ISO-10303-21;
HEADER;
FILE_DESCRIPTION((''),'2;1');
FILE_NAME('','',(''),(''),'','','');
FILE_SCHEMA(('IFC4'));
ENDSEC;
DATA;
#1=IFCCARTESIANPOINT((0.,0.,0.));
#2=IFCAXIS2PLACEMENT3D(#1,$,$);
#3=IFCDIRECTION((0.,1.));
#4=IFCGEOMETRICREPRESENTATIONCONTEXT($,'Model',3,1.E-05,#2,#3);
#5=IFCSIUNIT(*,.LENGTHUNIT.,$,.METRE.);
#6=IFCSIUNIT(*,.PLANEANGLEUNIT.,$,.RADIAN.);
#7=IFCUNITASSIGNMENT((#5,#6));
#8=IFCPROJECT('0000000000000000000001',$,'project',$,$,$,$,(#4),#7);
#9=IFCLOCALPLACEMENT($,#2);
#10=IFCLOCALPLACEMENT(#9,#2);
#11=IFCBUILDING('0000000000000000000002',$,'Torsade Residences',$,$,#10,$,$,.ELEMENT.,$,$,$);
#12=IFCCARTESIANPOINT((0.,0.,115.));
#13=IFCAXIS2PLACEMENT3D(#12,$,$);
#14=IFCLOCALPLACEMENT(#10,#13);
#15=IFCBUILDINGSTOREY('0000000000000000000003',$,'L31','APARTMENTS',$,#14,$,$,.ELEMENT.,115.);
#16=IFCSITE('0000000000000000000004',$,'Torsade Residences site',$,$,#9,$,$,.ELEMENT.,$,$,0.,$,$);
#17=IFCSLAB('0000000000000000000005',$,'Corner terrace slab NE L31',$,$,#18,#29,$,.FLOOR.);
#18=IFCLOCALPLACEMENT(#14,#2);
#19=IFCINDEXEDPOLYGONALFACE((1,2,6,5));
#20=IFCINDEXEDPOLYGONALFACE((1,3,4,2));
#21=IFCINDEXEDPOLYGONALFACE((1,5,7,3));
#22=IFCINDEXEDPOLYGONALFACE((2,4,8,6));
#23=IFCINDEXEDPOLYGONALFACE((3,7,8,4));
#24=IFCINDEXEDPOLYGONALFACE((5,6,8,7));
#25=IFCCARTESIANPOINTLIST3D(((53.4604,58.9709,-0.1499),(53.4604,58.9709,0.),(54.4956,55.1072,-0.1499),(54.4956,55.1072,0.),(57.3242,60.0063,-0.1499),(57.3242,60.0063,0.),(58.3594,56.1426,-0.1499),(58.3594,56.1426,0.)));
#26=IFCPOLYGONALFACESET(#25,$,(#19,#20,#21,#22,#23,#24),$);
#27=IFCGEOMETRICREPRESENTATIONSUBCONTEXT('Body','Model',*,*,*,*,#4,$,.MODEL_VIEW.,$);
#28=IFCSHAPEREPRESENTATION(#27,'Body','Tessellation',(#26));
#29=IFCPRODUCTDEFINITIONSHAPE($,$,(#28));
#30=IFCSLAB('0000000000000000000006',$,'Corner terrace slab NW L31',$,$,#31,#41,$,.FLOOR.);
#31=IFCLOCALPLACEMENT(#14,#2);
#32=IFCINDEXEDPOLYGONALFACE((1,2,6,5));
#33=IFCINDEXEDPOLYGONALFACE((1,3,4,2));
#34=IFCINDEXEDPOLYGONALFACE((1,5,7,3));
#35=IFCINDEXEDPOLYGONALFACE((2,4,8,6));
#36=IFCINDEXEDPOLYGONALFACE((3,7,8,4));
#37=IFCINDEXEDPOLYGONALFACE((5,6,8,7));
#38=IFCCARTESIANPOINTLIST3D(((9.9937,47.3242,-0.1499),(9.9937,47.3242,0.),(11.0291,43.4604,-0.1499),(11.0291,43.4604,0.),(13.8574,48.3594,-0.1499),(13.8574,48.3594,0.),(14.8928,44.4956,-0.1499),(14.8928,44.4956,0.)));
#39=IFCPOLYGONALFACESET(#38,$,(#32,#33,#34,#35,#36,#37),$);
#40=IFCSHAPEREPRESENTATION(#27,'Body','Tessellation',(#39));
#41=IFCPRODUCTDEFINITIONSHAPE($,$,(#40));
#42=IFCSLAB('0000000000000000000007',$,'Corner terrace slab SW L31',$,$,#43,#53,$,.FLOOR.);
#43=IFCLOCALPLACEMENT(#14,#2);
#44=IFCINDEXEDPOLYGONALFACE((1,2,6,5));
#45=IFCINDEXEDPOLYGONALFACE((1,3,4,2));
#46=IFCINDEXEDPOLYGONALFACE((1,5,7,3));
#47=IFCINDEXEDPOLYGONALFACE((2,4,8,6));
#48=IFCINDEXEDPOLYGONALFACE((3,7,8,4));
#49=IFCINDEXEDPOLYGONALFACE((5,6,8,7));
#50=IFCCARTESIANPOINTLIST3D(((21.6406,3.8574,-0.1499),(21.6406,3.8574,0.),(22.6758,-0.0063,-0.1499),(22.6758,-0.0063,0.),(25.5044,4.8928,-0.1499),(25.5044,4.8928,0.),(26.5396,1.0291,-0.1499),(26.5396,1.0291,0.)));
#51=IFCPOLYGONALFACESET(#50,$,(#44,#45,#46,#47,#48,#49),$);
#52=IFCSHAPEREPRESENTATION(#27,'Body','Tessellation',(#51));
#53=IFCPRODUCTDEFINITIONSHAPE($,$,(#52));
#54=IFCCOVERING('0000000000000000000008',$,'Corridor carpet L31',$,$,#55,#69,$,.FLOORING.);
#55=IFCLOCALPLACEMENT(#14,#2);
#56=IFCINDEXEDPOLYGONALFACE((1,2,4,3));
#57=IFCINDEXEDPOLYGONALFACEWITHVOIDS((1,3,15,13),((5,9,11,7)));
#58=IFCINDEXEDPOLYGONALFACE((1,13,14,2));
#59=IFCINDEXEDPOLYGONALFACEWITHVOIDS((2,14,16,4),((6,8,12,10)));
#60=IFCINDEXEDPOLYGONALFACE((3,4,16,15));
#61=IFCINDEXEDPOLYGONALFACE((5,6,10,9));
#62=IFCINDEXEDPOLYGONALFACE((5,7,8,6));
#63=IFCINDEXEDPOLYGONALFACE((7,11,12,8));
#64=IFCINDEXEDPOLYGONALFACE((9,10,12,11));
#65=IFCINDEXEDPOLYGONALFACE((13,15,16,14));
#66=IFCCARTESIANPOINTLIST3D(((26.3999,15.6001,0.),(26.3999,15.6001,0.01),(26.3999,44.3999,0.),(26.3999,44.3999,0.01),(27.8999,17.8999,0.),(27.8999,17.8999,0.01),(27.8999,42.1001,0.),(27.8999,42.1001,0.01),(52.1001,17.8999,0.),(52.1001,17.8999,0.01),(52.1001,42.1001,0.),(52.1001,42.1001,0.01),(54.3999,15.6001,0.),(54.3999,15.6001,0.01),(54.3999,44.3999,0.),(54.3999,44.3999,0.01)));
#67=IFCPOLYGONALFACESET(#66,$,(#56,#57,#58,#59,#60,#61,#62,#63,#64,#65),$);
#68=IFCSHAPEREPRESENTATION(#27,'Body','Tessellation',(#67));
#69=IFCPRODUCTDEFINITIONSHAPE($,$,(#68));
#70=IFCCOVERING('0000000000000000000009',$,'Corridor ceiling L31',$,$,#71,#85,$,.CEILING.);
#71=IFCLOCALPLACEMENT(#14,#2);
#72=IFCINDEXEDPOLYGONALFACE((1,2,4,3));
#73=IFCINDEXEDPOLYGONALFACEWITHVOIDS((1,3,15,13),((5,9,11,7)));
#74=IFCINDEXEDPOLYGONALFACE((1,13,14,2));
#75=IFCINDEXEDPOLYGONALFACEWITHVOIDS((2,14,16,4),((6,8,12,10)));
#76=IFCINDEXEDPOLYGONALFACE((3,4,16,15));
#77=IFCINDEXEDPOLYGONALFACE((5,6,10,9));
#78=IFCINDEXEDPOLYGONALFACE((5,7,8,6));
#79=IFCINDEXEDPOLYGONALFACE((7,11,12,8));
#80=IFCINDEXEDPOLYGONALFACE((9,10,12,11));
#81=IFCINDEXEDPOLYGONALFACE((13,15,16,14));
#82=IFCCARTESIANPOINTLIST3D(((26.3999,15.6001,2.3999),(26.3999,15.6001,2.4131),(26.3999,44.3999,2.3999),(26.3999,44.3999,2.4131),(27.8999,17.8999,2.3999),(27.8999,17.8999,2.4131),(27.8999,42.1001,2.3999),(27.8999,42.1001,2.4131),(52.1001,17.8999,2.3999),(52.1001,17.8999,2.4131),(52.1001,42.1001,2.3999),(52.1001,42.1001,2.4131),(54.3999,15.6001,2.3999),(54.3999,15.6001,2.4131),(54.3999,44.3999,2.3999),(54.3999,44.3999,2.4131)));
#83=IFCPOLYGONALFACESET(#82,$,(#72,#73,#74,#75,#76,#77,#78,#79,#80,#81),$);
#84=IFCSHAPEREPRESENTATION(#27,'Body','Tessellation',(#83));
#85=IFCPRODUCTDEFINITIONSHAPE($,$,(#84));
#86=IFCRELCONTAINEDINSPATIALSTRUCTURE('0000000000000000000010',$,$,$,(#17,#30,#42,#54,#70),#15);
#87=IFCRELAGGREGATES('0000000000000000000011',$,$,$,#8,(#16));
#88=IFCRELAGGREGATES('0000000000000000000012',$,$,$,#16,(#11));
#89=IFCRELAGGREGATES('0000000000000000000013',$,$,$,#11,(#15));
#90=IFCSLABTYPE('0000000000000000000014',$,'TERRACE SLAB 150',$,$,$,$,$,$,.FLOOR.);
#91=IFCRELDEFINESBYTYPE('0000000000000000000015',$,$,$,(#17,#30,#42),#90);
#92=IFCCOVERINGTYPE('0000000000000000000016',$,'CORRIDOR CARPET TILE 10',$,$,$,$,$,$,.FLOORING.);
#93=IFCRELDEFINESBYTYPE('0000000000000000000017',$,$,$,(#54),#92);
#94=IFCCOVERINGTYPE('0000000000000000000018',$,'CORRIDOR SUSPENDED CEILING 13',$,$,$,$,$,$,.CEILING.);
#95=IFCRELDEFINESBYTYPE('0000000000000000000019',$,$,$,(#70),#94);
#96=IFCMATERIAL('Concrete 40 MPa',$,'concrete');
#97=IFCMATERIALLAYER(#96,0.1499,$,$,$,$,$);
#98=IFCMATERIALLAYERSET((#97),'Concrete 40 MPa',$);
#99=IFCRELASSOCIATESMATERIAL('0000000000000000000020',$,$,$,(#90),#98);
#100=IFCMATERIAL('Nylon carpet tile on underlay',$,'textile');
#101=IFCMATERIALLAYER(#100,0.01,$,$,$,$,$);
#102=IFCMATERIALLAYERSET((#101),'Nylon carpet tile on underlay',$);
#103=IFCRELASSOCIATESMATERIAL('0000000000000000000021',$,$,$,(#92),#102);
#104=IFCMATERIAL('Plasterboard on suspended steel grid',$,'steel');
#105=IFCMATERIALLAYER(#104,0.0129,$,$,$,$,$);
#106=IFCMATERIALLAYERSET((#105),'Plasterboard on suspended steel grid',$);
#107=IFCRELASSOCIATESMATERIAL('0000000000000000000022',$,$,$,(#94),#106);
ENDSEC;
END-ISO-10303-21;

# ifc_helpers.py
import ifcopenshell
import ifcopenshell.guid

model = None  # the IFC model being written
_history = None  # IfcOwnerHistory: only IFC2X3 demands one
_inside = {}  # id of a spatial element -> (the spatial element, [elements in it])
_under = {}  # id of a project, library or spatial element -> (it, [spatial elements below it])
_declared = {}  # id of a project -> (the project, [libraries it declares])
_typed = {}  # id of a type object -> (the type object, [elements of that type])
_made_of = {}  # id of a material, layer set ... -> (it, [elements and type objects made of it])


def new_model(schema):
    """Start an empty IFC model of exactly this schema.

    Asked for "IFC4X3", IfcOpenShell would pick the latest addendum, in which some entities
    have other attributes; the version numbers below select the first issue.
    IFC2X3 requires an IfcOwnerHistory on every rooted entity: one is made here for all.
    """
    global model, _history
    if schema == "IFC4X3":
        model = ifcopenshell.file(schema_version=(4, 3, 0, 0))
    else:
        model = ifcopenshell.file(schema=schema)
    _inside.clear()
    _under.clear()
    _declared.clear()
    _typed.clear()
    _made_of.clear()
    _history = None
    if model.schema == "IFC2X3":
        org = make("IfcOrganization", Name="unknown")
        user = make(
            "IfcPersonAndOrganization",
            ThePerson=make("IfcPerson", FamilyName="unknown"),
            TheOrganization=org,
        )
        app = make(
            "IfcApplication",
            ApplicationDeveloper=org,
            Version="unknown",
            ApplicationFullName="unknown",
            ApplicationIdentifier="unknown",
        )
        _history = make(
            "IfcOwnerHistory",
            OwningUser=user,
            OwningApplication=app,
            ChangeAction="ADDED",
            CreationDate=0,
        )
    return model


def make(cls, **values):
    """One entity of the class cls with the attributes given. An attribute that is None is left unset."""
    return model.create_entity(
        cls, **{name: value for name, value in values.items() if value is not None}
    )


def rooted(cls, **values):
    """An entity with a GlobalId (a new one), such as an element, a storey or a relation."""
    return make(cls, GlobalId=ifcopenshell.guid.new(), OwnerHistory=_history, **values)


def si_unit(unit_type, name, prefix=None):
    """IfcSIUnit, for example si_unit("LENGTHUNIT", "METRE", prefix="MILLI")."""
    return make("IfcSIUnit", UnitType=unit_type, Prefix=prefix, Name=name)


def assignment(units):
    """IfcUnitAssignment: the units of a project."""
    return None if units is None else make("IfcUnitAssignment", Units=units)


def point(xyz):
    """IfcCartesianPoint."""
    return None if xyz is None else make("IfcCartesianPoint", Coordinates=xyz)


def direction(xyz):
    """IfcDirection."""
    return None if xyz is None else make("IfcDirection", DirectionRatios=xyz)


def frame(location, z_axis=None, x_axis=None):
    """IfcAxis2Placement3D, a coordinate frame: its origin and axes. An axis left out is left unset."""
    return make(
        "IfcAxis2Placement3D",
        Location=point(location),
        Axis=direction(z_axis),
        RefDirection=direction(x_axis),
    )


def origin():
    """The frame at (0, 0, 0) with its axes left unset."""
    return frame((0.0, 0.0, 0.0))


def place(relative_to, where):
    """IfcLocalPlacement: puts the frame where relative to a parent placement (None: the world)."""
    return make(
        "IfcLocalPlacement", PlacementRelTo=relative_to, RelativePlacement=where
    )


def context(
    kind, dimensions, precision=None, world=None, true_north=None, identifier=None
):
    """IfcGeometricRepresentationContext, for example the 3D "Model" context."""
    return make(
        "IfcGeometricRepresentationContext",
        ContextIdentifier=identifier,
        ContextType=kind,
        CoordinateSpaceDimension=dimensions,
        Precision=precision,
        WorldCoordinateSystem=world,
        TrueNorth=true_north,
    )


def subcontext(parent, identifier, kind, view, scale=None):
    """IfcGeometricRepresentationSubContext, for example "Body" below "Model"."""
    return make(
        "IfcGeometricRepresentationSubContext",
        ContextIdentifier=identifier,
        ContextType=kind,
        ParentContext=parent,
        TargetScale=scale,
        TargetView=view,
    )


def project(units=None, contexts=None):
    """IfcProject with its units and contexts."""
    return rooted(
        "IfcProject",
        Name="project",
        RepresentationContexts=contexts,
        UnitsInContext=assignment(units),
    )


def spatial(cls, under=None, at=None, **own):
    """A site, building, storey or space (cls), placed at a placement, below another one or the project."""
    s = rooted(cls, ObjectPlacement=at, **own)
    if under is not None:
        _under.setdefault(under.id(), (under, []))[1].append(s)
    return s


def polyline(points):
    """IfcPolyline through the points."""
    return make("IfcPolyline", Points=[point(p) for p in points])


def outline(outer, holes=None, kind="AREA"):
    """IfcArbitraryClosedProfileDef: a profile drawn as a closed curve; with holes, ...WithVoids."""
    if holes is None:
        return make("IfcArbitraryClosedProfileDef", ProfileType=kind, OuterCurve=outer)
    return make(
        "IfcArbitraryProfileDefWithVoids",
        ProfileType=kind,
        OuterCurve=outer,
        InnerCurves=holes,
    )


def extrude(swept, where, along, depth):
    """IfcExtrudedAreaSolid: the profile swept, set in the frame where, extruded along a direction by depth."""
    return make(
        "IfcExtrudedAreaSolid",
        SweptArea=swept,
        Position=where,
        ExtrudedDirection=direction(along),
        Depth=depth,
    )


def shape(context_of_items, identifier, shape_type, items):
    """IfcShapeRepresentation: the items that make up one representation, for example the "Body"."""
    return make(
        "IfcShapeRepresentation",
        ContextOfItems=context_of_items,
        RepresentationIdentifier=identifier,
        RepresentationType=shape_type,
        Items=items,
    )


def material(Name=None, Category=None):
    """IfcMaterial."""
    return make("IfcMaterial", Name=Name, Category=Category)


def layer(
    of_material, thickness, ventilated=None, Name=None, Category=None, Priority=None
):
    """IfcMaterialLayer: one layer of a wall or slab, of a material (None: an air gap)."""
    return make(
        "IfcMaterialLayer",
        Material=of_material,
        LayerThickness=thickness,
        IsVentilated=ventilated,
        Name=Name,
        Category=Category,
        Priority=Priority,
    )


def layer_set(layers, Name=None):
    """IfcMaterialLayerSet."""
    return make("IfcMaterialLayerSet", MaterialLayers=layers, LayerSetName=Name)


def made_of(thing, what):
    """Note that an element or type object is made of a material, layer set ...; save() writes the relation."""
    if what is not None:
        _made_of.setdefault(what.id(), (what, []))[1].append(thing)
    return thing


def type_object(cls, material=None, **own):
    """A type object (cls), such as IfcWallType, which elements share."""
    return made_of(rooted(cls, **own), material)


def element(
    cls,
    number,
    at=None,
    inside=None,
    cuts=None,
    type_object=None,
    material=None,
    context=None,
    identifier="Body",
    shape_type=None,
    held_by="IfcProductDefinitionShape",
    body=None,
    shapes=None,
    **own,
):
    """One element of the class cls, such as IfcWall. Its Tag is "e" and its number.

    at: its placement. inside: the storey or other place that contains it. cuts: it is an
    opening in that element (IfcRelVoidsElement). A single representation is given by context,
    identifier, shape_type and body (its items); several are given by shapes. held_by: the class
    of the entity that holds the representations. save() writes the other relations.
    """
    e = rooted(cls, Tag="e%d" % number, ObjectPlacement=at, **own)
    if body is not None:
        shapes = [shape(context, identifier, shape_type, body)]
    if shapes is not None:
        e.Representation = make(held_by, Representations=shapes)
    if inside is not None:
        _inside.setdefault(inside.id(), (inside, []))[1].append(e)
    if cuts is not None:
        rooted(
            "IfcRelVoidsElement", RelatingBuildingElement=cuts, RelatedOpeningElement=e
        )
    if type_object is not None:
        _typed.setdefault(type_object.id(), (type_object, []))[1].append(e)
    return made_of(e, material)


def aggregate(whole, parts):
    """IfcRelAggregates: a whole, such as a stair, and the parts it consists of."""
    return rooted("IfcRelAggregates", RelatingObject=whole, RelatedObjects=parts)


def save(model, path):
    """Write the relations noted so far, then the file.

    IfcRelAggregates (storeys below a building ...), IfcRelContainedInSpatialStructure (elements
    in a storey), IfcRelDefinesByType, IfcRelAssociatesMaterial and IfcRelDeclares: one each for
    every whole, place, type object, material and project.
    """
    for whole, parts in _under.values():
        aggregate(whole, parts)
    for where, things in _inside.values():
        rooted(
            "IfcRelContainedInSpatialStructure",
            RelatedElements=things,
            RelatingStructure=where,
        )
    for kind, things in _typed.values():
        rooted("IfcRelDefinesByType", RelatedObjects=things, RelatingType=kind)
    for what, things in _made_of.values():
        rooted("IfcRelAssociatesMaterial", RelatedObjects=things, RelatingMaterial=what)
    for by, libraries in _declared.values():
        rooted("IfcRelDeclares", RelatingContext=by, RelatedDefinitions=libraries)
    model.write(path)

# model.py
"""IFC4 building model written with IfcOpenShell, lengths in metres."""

from ifc_helpers import new_model, si_unit, direction, frame, origin, place, context, subcontext, project, spatial, polyline, outline, extrude, material, layer, layer_set, type_object, element, save


model = new_model("IFC4")

# Units and contexts
model_context = context("Model", 3, precision=1e-05, world=origin(), true_north=direction((0.0, 1.0)))
body_context = subcontext(model_context, "Body", "Model", "MODEL_VIEW")
ifc_project = project(units=[si_unit("LENGTHUNIT", "METRE"), si_unit("PLANEANGLEUNIT", "RADIAN")], contexts=[model_context])

# Site, building, storey
site_placement = place(None, origin())
site = spatial("IfcSite", under=ifc_project, at=site_placement, Name="Torsade Residences site", CompositionType="ELEMENT", RefElevation=0.0)
building_placement = place(site_placement, origin())
building = spatial("IfcBuilding", under=site, at=building_placement, Name="Torsade Residences", CompositionType="ELEMENT")
storey_placement = place(building_placement, frame((0.0, 0.0, 115.0)))
storey = spatial("IfcBuildingStorey", under=building, at=storey_placement, Name="L31", Description="APARTMENTS", CompositionType="ELEMENT", Elevation=115.0)

# Slabs
ifc_material_1 = material(Name="Concrete 40 MPa", Category="concrete")
ifc_layer_1 = layer(ifc_material_1, 0.1499)
ifc_layer_set_1 = layer_set([ifc_layer_1], Name="Concrete 40 MPa")
slab_type_1 = type_object("IfcSlabType", Name="TERRACE SLAB 150", PredefinedType="FLOOR", material=ifc_layer_set_1)
slab_1_placement = place(storey_placement, frame((0.0, 0.0, -0.1499)))
element("IfcSlab", 1, at=slab_1_placement, inside=storey, type_object=slab_type_1, Name="Corner terrace slab NE L31", PredefinedType="FLOOR", context=body_context, shape_type="SweptSolid", body=[
    extrude(outline(polyline([(54.4956, 55.1072), (58.3594, 56.1426), (57.3242, 60.0063), (53.4604, 58.9709), (54.4956, 55.1072)])), origin(), (0.0, 0.0, 1.0), 0.1499),
])
slab_2_placement = place(storey_placement, frame((0.0, 0.0, -0.1499)))
element("IfcSlab", 2, at=slab_2_placement, inside=storey, type_object=slab_type_1, Name="Corner terrace slab NW L31", PredefinedType="FLOOR", context=body_context, shape_type="SweptSolid", body=[
    extrude(outline(polyline([(11.0291, 43.4604), (14.8928, 44.4956), (13.8574, 48.3594), (9.9937, 47.3242), (11.0291, 43.4604)])), origin(), (0.0, 0.0, 1.0), 0.1499),
])
slab_3_placement = place(storey_placement, frame((0.0, 0.0, -0.1499)))
element("IfcSlab", 3, at=slab_3_placement, inside=storey, type_object=slab_type_1, Name="Corner terrace slab SW L31", PredefinedType="FLOOR", context=body_context, shape_type="SweptSolid", body=[
    extrude(outline(polyline([(22.6758, -0.0063), (26.5396, 1.0291), (25.5044, 4.8928), (21.6406, 3.8574), (22.6758, -0.0063)])), origin(), (0.0, 0.0, 1.0), 0.1499),
])

# Coverings
ifc_material_2 = material(Name="Nylon carpet tile on underlay", Category="textile")
ifc_layer_2 = layer(ifc_material_2, 0.01)
ifc_layer_set_2 = layer_set([ifc_layer_2], Name="Nylon carpet tile on underlay")
covering_type_1 = type_object("IfcCoveringType", Name="CORRIDOR CARPET TILE 10", PredefinedType="FLOORING", material=ifc_layer_set_2)
covering_1_placement = place(storey_placement, origin())
element("IfcCovering", 4, at=covering_1_placement, inside=storey, type_object=covering_type_1, Name="Corridor carpet L31", PredefinedType="FLOORING", context=body_context, shape_type="SweptSolid", body=[
    extrude(outline(polyline([(54.3999, 15.6001), (54.3999, 44.3999), (26.3999, 44.3999), (26.3999, 15.6001), (54.3999, 15.6001)]), holes=[polyline([(52.1001, 42.1001), (27.8999, 42.1001), (27.8999, 17.8999), (52.1001, 17.8999), (52.1001, 42.1001)])]), origin(), (0.0, 0.0, 1.0), 0.01),
])
ifc_material_3 = material(Name="Plasterboard on suspended steel grid", Category="steel")
ifc_layer_3 = layer(ifc_material_3, 0.0129)
ifc_layer_set_3 = layer_set([ifc_layer_3], Name="Plasterboard on suspended steel grid")
covering_type_2 = type_object("IfcCoveringType", Name="CORRIDOR SUSPENDED CEILING 13", PredefinedType="CEILING", material=ifc_layer_set_3)
covering_2_placement = place(storey_placement, frame((0.0, 0.0, 2.3999)))
element("IfcCovering", 5, at=covering_2_placement, inside=storey, type_object=covering_type_2, Name="Corridor ceiling L31", PredefinedType="CEILING", context=body_context, shape_type="SweptSolid", body=[
    extrude(outline(polyline([(54.3999, 15.6001), (54.3999, 44.3999), (26.3999, 44.3999), (26.3999, 15.6001), (54.3999, 15.6001)]), holes=[polyline([(52.1001, 42.1001), (27.8999, 42.1001), (27.8999, 17.8999), (52.1001, 17.8999), (52.1001, 42.1001)])]), origin(), (0.0, 0.0, 1.0), 0.0132),
])

save(model, "model.ifc")
